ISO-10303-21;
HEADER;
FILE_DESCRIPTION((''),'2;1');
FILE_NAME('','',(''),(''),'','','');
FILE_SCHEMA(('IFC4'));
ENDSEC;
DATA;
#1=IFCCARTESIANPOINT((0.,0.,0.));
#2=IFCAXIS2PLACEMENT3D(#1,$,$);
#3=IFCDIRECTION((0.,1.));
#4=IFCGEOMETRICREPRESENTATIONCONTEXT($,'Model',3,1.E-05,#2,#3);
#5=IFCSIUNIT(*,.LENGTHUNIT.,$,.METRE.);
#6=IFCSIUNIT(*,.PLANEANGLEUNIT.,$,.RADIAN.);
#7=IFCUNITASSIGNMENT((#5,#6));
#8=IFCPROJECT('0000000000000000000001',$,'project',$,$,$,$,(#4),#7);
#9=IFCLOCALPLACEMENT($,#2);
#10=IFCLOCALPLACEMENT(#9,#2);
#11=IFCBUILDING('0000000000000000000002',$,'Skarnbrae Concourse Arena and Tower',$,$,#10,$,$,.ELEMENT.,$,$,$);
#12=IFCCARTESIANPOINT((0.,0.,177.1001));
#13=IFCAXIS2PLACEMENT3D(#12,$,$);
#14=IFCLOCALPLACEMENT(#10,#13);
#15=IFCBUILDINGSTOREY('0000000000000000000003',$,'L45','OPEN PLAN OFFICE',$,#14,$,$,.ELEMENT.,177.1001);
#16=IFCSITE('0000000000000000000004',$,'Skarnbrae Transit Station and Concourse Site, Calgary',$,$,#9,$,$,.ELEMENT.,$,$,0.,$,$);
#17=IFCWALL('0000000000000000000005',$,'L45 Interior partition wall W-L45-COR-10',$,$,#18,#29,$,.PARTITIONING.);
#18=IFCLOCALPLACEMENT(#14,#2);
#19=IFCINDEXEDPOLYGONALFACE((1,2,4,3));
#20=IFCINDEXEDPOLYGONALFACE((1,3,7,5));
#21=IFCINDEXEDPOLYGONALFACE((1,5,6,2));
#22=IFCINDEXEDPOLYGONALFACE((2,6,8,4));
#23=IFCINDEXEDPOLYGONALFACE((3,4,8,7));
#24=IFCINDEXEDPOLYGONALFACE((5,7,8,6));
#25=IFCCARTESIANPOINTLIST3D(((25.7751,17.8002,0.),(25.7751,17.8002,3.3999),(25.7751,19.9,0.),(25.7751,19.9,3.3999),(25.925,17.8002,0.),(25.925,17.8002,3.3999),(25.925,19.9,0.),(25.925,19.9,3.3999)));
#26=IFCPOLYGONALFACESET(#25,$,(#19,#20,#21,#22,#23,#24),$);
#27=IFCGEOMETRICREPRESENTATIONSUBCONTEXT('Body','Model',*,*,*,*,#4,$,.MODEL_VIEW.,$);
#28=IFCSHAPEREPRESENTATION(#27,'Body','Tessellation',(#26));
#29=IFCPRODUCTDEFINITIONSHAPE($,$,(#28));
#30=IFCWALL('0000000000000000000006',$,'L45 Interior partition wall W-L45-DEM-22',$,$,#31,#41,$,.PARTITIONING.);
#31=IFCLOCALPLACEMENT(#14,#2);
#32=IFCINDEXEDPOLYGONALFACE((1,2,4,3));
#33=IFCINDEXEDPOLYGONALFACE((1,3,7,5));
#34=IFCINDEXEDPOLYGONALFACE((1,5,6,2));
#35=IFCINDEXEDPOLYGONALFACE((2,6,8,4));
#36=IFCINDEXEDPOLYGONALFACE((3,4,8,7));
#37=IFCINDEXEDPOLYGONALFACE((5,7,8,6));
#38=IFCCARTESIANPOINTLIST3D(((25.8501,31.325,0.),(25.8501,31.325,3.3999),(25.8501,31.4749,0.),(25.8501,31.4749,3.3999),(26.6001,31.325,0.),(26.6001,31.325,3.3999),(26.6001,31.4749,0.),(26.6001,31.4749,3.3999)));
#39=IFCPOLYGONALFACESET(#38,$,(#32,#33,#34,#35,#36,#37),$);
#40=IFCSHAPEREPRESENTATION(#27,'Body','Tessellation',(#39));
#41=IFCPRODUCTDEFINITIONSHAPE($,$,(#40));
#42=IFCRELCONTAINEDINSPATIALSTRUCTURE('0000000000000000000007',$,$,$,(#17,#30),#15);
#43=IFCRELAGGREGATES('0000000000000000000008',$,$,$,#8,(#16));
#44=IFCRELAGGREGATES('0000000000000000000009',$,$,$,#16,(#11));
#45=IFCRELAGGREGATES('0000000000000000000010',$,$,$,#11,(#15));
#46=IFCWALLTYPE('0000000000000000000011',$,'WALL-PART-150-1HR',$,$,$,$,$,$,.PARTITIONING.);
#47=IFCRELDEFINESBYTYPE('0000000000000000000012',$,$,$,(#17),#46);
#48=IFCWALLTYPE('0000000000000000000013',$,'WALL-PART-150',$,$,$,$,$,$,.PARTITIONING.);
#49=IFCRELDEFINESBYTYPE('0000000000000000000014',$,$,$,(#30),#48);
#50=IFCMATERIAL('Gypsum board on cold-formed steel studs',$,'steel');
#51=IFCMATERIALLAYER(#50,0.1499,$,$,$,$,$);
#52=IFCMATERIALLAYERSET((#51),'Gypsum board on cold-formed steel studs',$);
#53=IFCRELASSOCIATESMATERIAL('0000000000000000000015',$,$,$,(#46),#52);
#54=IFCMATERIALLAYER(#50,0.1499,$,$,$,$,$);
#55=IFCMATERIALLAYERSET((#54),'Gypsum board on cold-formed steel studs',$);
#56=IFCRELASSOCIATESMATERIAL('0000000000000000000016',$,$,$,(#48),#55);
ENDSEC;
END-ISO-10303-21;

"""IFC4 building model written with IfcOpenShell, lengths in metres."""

from ifc_helpers import new_model, si_unit, direction, frame, frame_2d, origin, place, context, subcontext, project, spatial, rectangle, extrude, source, transform, mapped, material, layer, layer_set, type_object, element, save


model = new_model("IFC4")

# Units and contexts
model_context = context("Model", 3, precision=1e-05, world=origin(), true_north=direction((0.0, 1.0)))
body_context = subcontext(model_context, "Body", "Model", "MODEL_VIEW")
ifc_project = project(units=[si_unit("LENGTHUNIT", "METRE"), si_unit("PLANEANGLEUNIT", "RADIAN")], contexts=[model_context])

# Site, building, storey
site_placement = place(None, origin())
site = spatial("IfcSite", under=ifc_project, at=site_placement, Name="Skarnbrae Transit Station and Concourse Site, Calgary", CompositionType="ELEMENT", RefElevation=0.0)
building_placement = place(site_placement, origin())
building = spatial("IfcBuilding", under=site, at=building_placement, Name="Skarnbrae Concourse Arena and Tower", CompositionType="ELEMENT")
storey_placement = place(building_placement, frame((0.0, 0.0, 177.1001)))
storey = spatial("IfcBuildingStorey", under=building, at=storey_placement, Name="L45", Description="OPEN PLAN OFFICE", CompositionType="ELEMENT", Elevation=177.1001)

# Walls
ifc_material_1 = material(Name="Gypsum board on cold-formed steel studs", Category="steel")
ifc_layer_1 = layer(ifc_material_1, 0.1499)
ifc_layer_set_1 = layer_set([ifc_layer_1], Name="Gypsum board on cold-formed steel studs")
wall_type_1 = type_object("IfcWallType", Name="WALL-PART-150-1HR", PredefinedType="PARTITIONING", material=ifc_layer_set_1)
shared_shape_1 = source(origin(), body_context, "Body", "SweptSolid", [
    extrude(rectangle(XDim=2.0999, YDim=0.1499, at=frame_2d((1.0498, 0.0))), origin(), (0.0, 0.0, 1.0), 3.3999),
])
wall_1_placement = place(storey_placement, frame((25.8501, 19.8999, 0.0), z_axis=(0.0, 0.0, 1.0), x_axis=(0.0, -1.0, 0.0)))
element("IfcWall", 1, at=wall_1_placement, inside=storey, type_object=wall_type_1, Name="L45 Interior partition wall W-L45-COR-10", PredefinedType="PARTITIONING", context=body_context, shape_type="MappedRepresentation", body=[
    mapped(shared_shape_1, transform((0.0, 0.0, 0.0))),
])
ifc_layer_2 = layer(ifc_material_1, 0.1499)
ifc_layer_set_2 = layer_set([ifc_layer_2], Name="Gypsum board on cold-formed steel studs")
wall_type_2 = type_object("IfcWallType", Name="WALL-PART-150", PredefinedType="PARTITIONING", material=ifc_layer_set_2)
shared_shape_2 = source(origin(), body_context, "Body", "SweptSolid", [
    extrude(rectangle(XDim=0.75, YDim=0.1499, at=frame_2d((0.375, 0.0))), origin(), (0.0, 0.0, 1.0), 3.3999),
])
wall_2_placement = place(storey_placement, frame((26.6001, 31.3999, 0.0), z_axis=(0.0, 0.0, 1.0), x_axis=(-1.0, 0.0, 0.0)))
element("IfcWall", 2, at=wall_2_placement, inside=storey, type_object=wall_type_2, Name="L45 Interior partition wall W-L45-DEM-22", PredefinedType="PARTITIONING", context=body_context, shape_type="MappedRepresentation", body=[
    mapped(shared_shape_2, transform((0.0, 0.0, 0.0))),
])

save(model, "model.ifc")
